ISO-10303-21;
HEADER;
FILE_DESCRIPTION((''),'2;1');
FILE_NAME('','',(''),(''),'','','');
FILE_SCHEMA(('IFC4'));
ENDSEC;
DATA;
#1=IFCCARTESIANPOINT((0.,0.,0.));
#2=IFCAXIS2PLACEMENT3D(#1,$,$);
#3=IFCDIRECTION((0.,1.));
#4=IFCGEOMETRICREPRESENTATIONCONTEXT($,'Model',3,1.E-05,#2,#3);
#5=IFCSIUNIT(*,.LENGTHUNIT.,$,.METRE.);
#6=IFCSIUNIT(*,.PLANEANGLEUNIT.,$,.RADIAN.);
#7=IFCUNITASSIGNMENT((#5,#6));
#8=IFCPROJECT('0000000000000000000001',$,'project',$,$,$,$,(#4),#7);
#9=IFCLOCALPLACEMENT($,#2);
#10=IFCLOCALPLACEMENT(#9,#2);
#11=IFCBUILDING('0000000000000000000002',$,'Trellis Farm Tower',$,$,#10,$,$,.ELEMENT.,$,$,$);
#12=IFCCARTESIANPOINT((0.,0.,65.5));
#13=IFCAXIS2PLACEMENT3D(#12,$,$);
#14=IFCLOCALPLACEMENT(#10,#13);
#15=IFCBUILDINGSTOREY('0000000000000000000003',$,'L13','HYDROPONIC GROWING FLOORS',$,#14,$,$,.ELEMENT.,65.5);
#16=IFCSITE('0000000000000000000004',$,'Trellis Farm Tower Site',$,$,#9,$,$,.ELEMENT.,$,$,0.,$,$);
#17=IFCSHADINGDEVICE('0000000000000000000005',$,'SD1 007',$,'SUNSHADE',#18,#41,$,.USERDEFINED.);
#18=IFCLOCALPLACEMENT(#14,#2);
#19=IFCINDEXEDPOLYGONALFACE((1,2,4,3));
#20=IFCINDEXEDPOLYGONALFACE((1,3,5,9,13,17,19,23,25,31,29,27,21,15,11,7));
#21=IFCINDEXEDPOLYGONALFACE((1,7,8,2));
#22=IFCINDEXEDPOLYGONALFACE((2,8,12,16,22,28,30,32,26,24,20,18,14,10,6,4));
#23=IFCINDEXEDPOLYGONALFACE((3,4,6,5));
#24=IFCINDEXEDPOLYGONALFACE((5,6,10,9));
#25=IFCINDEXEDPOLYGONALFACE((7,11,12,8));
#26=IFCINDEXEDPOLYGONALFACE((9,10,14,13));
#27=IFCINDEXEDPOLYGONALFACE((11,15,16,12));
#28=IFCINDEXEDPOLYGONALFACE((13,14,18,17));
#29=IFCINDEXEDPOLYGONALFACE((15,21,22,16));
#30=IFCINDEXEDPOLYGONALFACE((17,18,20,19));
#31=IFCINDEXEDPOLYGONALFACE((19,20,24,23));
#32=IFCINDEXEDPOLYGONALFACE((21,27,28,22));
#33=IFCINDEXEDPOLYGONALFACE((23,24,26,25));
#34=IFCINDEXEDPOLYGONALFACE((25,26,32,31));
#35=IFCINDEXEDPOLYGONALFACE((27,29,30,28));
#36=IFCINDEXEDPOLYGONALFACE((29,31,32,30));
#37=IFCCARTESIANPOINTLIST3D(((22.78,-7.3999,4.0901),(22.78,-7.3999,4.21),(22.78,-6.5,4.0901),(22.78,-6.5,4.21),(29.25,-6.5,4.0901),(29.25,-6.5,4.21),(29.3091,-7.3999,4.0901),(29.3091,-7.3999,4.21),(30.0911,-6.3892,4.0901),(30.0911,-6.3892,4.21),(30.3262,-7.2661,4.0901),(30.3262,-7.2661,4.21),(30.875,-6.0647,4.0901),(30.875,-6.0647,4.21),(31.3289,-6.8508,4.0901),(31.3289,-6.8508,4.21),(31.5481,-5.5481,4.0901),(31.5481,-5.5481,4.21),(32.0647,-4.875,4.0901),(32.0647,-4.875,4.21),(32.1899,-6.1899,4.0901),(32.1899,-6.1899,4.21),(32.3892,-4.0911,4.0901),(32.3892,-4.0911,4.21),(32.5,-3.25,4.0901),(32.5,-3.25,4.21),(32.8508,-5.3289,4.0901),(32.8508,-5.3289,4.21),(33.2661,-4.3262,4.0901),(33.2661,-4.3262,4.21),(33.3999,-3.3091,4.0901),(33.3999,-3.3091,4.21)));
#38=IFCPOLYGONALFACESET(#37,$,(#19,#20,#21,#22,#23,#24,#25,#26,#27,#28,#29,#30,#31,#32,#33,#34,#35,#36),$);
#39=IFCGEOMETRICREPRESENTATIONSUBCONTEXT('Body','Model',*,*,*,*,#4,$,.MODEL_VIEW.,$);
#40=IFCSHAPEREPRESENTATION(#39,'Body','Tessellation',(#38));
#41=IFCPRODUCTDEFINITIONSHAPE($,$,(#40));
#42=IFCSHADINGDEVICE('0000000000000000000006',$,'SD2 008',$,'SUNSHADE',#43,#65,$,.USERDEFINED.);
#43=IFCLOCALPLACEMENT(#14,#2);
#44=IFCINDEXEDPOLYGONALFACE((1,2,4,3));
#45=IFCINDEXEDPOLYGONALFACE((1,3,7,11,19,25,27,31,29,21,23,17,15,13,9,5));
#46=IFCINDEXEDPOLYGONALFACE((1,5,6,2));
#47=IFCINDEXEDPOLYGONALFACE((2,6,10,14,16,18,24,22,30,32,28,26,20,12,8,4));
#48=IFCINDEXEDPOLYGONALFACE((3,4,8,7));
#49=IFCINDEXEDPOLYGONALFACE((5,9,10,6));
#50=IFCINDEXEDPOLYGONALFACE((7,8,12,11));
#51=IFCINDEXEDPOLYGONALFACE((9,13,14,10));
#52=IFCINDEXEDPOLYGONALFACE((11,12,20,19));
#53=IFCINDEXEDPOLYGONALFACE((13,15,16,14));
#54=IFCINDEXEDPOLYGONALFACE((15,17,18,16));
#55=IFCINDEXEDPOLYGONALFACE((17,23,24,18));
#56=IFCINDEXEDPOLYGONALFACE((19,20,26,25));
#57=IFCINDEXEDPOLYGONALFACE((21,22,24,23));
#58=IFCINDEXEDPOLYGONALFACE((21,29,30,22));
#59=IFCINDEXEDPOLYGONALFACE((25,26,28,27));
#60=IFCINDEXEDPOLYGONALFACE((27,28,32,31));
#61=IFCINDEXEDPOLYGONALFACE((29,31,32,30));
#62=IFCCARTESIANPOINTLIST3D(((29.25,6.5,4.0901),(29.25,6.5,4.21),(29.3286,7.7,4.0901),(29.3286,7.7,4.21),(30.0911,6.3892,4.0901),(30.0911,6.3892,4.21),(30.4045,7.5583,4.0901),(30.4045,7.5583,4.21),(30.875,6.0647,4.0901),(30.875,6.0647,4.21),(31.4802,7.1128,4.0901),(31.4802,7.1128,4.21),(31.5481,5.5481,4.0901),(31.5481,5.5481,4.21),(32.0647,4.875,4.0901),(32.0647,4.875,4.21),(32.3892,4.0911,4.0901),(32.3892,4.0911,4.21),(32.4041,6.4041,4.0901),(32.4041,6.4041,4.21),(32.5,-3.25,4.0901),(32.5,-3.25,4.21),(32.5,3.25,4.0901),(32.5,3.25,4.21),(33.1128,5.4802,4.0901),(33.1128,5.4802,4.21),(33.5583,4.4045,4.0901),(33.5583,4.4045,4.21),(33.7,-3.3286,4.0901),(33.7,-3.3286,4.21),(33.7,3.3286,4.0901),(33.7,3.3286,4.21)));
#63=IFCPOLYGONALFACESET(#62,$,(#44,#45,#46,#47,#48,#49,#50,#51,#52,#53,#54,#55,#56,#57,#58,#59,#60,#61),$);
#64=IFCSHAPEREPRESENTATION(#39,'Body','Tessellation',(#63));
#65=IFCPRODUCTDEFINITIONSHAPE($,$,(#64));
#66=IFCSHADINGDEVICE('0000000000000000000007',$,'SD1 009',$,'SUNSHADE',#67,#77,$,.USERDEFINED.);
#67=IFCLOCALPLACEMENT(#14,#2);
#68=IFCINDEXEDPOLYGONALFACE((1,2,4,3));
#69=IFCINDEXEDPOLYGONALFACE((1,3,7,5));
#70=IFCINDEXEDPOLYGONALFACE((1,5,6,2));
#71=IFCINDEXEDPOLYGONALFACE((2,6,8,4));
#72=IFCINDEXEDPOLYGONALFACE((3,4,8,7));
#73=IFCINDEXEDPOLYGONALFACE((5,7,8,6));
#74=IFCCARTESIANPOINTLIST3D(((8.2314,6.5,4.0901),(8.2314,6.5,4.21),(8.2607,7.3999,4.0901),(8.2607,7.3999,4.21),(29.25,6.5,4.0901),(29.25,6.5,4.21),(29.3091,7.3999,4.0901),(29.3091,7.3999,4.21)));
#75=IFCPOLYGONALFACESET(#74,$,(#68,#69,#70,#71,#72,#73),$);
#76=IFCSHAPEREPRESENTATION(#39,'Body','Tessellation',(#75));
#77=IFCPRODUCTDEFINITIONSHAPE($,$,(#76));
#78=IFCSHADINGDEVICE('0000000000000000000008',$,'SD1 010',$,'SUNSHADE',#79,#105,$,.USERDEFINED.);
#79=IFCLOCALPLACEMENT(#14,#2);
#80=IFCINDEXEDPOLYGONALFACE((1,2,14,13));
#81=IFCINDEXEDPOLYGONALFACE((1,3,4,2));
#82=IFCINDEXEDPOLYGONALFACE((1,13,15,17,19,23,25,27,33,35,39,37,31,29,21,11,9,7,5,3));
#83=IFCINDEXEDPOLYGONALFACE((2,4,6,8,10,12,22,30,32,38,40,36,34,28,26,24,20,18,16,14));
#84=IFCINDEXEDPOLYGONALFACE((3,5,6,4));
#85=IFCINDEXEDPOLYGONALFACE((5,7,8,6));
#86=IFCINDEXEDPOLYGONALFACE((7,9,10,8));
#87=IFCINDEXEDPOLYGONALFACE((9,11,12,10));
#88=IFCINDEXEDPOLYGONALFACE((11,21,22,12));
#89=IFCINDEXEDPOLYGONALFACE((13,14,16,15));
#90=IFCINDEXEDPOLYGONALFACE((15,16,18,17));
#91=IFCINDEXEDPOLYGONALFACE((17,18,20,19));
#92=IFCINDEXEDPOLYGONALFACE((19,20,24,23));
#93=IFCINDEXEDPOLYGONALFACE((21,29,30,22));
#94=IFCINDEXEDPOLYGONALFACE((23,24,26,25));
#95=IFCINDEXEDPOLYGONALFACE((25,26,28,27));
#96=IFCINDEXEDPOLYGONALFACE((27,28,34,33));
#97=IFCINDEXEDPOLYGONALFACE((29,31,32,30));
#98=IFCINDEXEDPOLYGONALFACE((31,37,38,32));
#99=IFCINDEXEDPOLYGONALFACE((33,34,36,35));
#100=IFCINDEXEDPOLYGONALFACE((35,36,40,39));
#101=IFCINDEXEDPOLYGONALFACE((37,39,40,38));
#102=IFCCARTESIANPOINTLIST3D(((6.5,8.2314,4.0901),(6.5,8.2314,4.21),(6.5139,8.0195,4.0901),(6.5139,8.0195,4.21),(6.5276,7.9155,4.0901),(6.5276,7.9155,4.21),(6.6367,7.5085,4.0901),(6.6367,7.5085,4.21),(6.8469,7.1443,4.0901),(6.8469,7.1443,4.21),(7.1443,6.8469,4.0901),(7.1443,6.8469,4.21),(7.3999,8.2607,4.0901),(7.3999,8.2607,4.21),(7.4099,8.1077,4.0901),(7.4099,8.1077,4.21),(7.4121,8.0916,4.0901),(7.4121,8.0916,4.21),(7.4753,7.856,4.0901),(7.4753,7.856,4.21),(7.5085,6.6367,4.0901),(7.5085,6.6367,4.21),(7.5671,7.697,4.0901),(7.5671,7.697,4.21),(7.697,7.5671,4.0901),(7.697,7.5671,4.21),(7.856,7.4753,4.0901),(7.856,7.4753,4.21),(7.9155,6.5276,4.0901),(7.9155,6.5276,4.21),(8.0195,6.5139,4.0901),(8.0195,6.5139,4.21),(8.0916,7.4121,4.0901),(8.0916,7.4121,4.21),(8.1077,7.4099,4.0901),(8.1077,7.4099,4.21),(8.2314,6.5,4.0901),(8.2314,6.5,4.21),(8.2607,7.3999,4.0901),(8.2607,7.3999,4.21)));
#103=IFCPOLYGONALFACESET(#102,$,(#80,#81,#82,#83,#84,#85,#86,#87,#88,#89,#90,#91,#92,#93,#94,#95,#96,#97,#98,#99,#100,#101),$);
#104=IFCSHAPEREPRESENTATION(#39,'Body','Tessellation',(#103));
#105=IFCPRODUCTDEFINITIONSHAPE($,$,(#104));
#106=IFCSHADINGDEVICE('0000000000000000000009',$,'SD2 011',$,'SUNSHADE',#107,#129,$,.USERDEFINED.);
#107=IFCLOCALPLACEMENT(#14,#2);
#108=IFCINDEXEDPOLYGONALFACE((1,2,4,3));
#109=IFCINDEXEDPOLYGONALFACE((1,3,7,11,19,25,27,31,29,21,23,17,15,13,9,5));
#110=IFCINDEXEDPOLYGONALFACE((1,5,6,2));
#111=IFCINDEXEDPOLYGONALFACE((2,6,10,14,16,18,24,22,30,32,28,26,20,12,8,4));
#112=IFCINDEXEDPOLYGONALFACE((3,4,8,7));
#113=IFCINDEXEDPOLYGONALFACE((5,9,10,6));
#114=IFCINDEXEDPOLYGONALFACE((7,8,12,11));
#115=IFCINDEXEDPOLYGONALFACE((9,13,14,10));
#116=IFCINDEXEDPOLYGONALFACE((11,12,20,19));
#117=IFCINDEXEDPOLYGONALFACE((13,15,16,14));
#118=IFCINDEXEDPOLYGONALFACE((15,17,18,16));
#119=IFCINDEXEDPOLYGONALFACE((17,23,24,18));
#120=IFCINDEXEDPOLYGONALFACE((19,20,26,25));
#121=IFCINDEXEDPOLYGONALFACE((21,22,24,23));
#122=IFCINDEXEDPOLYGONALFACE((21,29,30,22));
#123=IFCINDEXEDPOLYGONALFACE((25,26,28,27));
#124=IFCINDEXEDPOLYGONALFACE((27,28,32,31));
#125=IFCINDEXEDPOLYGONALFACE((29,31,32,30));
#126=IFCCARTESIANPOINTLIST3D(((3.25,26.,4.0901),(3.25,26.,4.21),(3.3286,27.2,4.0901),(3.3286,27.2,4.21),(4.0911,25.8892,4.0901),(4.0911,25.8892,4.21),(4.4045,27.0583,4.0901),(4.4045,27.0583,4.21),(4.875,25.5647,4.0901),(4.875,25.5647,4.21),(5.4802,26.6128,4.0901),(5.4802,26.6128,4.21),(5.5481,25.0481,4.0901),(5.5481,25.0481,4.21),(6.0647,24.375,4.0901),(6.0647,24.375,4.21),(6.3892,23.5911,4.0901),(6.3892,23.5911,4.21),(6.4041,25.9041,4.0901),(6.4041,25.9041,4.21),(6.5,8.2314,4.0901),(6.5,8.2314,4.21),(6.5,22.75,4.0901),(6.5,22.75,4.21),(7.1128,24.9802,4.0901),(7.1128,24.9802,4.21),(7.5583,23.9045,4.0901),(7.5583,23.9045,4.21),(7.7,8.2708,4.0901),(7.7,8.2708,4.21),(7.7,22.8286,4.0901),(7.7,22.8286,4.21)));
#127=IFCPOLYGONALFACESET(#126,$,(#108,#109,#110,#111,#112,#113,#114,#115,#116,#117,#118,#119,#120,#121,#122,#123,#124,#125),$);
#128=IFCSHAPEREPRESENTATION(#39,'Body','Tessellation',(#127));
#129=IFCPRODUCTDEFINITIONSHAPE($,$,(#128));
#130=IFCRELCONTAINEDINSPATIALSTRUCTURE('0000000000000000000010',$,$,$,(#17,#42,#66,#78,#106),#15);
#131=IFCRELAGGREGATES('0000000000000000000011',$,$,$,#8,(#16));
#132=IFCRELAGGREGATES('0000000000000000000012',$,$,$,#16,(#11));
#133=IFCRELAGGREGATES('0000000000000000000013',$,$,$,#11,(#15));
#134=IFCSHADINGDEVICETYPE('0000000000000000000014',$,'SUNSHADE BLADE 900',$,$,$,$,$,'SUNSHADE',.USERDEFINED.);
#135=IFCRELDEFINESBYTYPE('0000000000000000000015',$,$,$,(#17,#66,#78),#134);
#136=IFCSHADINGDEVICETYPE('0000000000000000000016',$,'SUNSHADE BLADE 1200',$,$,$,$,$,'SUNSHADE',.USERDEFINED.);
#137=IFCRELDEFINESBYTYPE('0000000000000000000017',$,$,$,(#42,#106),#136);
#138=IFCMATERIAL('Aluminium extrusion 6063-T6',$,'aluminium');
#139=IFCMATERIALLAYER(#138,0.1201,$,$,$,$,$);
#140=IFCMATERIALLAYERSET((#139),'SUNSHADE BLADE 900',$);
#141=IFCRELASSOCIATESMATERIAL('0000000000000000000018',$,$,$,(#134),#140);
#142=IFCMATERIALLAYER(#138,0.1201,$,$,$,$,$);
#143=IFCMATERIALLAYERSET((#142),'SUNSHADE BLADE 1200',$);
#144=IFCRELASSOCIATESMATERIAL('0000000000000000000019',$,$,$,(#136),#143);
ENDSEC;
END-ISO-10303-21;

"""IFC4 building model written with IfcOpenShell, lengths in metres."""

from ifc_helpers import new_model, si_unit, direction, frame, origin, place, context, subcontext, project, spatial, polyline, outline, extrude, source, transform, mapped, material, layer, layer_set, type_object, element, save


model = new_model("IFC4")

# Units and contexts
model_context = context("Model", 3, precision=1e-05, world=origin(), true_north=direction((0.0, 1.0)))
body_context = subcontext(model_context, "Body", "Model", "MODEL_VIEW")
ifc_project = project(units=[si_unit("LENGTHUNIT", "METRE"), si_unit("PLANEANGLEUNIT", "RADIAN")], contexts=[model_context])

# Site, building, storey
site_placement = place(None, origin())
site = spatial("IfcSite", under=ifc_project, at=site_placement, Name="Trellis Farm Tower Site", CompositionType="ELEMENT", RefElevation=0.0)
building_placement = place(site_placement, origin())
building = spatial("IfcBuilding", under=site, at=building_placement, Name="Trellis Farm Tower", CompositionType="ELEMENT")
storey_placement = place(building_placement, frame((0.0, 0.0, 65.5)))
storey = spatial("IfcBuildingStorey", under=building, at=storey_placement, Name="L13", Description="HYDROPONIC GROWING FLOORS", CompositionType="ELEMENT", Elevation=65.5)

# Shared definitions
ifc_material_1 = material(Name="Aluminium extrusion 6063-T6", Category="aluminium")

# Shading devices
ifc_layer_1 = layer(ifc_material_1, 0.1201)
ifc_layer_set_1 = layer_set([ifc_layer_1], Name="SUNSHADE BLADE 900")
shading_device_type_1 = type_object("IfcShadingDeviceType", Name="SUNSHADE BLADE 900", ElementType="SUNSHADE", PredefinedType="USERDEFINED", material=ifc_layer_set_1)
shared_shape_1 = source(origin(), body_context, "Body", "SweptSolid", [
    extrude(outline(polyline([(22.78, -7.3999), (29.3091, -7.3999), (30.3262, -7.2661), (31.3289, -6.8508), (32.1899, -6.1899), (32.8508, -5.3289), (33.2661, -4.3262), (33.3999, -3.3091), (32.5, -3.25), (32.3892, -4.0911), (32.0647, -4.875), (31.5481, -5.5481), (30.875, -6.0647), (30.0911, -6.3892), (29.25, -6.5), (22.78, -6.5), (22.78, -7.3999)])), origin(), (0.0, 0.0, 1.0), 0.1199),
])
placement_1 = place(storey_placement, frame((0.0, 0.0, 4.0901)))
element("IfcShadingDevice", 1, at=placement_1, inside=storey, type_object=shading_device_type_1, Name="SD1 007", ObjectType="SUNSHADE", PredefinedType="USERDEFINED", context=body_context, shape_type="MappedRepresentation", body=[
    mapped(shared_shape_1, transform((0.0, 0.0, 0.0))),
])
ifc_layer_2 = layer(ifc_material_1, 0.1201)
ifc_layer_set_2 = layer_set([ifc_layer_2], Name="SUNSHADE BLADE 1200")
shading_device_type_2 = type_object("IfcShadingDeviceType", Name="SUNSHADE BLADE 1200", ElementType="SUNSHADE", PredefinedType="USERDEFINED", material=ifc_layer_set_2)
shared_shape_2 = source(origin(), body_context, "Body", "SweptSolid", [
    extrude(outline(polyline([(33.7, -3.3286), (33.7, 3.3286), (33.5583, 4.4045), (33.1128, 5.4802), (32.4041, 6.4041), (31.4802, 7.1128), (30.4045, 7.5583), (29.3286, 7.7), (29.25, 6.5), (30.0911, 6.3892), (30.875, 6.0647), (31.5481, 5.5481), (32.0647, 4.875), (32.3892, 4.0911), (32.5, 3.25), (32.5, -3.25), (33.7, -3.3286)])), origin(), (0.0, 0.0, 1.0), 0.1199),
])
element("IfcShadingDevice", 2, at=placement_1, inside=storey, type_object=shading_device_type_2, Name="SD2 008", ObjectType="SUNSHADE", PredefinedType="USERDEFINED", context=body_context, shape_type="MappedRepresentation", body=[
    mapped(shared_shape_2, transform((0.0, 0.0, 0.0))),
])
shared_shape_3 = source(origin(), body_context, "Body", "SweptSolid", [
    extrude(outline(polyline([(29.3091, 7.3999), (8.2607, 7.3999), (8.2314, 6.5), (29.25, 6.5), (29.3091, 7.3999)])), origin(), (0.0, 0.0, 1.0), 0.1199),
])
element("IfcShadingDevice", 3, at=placement_1, inside=storey, type_object=shading_device_type_1, Name="SD1 009", ObjectType="SUNSHADE", PredefinedType="USERDEFINED", context=body_context, shape_type="MappedRepresentation", body=[
    mapped(shared_shape_3, transform((0.0, 0.0, 0.0))),
])
shared_shape_4 = source(origin(), body_context, "Body", "SweptSolid", [
    extrude(outline(polyline([(8.2607, 7.3999), (8.1077, 7.4099), (8.0916, 7.4121), (7.856, 7.4753), (7.697, 7.5671), (7.5671, 7.697), (7.4753, 7.856), (7.4121, 8.0916), (7.4099, 8.1077), (7.3999, 8.2607), (6.5, 8.2314), (6.5139, 8.0195), (6.5276, 7.9155), (6.6367, 7.5085), (6.8469, 7.1443), (7.1443, 6.8469), (7.5085, 6.6367), (7.9155, 6.5276), (8.0195, 6.5139), (8.2314, 6.5), (8.2607, 7.3999)])), origin(), (0.0, 0.0, 1.0), 0.1199),
])
element("IfcShadingDevice", 4, at=placement_1, inside=storey, type_object=shading_device_type_1, Name="SD1 010", ObjectType="SUNSHADE", PredefinedType="USERDEFINED", context=body_context, shape_type="MappedRepresentation", body=[
    mapped(shared_shape_4, transform((0.0, 0.0, 0.0))),
])
shared_shape_5 = source(origin(), body_context, "Body", "SweptSolid", [
    extrude(outline(polyline([(7.7, 8.2708), (7.7, 22.8286), (7.5583, 23.9045), (7.1128, 24.9802), (6.4041, 25.9041), (5.4802, 26.6128), (4.4045, 27.0583), (3.3286, 27.2), (3.25, 26.0), (4.0911, 25.8892), (4.875, 25.5647), (5.5481, 25.0481), (6.0647, 24.375), (6.3892, 23.5911), (6.5, 22.75), (6.5, 8.2314), (7.7, 8.2708)])), origin(), (0.0, 0.0, 1.0), 0.1199),
])
element("IfcShadingDevice", 5, at=placement_1, inside=storey, type_object=shading_device_type_2, Name="SD2 011", ObjectType="SUNSHADE", PredefinedType="USERDEFINED", context=body_context, shape_type="MappedRepresentation", body=[
    mapped(shared_shape_5, transform((0.0, 0.0, 0.0))),
])

save(model, "model.ifc")
